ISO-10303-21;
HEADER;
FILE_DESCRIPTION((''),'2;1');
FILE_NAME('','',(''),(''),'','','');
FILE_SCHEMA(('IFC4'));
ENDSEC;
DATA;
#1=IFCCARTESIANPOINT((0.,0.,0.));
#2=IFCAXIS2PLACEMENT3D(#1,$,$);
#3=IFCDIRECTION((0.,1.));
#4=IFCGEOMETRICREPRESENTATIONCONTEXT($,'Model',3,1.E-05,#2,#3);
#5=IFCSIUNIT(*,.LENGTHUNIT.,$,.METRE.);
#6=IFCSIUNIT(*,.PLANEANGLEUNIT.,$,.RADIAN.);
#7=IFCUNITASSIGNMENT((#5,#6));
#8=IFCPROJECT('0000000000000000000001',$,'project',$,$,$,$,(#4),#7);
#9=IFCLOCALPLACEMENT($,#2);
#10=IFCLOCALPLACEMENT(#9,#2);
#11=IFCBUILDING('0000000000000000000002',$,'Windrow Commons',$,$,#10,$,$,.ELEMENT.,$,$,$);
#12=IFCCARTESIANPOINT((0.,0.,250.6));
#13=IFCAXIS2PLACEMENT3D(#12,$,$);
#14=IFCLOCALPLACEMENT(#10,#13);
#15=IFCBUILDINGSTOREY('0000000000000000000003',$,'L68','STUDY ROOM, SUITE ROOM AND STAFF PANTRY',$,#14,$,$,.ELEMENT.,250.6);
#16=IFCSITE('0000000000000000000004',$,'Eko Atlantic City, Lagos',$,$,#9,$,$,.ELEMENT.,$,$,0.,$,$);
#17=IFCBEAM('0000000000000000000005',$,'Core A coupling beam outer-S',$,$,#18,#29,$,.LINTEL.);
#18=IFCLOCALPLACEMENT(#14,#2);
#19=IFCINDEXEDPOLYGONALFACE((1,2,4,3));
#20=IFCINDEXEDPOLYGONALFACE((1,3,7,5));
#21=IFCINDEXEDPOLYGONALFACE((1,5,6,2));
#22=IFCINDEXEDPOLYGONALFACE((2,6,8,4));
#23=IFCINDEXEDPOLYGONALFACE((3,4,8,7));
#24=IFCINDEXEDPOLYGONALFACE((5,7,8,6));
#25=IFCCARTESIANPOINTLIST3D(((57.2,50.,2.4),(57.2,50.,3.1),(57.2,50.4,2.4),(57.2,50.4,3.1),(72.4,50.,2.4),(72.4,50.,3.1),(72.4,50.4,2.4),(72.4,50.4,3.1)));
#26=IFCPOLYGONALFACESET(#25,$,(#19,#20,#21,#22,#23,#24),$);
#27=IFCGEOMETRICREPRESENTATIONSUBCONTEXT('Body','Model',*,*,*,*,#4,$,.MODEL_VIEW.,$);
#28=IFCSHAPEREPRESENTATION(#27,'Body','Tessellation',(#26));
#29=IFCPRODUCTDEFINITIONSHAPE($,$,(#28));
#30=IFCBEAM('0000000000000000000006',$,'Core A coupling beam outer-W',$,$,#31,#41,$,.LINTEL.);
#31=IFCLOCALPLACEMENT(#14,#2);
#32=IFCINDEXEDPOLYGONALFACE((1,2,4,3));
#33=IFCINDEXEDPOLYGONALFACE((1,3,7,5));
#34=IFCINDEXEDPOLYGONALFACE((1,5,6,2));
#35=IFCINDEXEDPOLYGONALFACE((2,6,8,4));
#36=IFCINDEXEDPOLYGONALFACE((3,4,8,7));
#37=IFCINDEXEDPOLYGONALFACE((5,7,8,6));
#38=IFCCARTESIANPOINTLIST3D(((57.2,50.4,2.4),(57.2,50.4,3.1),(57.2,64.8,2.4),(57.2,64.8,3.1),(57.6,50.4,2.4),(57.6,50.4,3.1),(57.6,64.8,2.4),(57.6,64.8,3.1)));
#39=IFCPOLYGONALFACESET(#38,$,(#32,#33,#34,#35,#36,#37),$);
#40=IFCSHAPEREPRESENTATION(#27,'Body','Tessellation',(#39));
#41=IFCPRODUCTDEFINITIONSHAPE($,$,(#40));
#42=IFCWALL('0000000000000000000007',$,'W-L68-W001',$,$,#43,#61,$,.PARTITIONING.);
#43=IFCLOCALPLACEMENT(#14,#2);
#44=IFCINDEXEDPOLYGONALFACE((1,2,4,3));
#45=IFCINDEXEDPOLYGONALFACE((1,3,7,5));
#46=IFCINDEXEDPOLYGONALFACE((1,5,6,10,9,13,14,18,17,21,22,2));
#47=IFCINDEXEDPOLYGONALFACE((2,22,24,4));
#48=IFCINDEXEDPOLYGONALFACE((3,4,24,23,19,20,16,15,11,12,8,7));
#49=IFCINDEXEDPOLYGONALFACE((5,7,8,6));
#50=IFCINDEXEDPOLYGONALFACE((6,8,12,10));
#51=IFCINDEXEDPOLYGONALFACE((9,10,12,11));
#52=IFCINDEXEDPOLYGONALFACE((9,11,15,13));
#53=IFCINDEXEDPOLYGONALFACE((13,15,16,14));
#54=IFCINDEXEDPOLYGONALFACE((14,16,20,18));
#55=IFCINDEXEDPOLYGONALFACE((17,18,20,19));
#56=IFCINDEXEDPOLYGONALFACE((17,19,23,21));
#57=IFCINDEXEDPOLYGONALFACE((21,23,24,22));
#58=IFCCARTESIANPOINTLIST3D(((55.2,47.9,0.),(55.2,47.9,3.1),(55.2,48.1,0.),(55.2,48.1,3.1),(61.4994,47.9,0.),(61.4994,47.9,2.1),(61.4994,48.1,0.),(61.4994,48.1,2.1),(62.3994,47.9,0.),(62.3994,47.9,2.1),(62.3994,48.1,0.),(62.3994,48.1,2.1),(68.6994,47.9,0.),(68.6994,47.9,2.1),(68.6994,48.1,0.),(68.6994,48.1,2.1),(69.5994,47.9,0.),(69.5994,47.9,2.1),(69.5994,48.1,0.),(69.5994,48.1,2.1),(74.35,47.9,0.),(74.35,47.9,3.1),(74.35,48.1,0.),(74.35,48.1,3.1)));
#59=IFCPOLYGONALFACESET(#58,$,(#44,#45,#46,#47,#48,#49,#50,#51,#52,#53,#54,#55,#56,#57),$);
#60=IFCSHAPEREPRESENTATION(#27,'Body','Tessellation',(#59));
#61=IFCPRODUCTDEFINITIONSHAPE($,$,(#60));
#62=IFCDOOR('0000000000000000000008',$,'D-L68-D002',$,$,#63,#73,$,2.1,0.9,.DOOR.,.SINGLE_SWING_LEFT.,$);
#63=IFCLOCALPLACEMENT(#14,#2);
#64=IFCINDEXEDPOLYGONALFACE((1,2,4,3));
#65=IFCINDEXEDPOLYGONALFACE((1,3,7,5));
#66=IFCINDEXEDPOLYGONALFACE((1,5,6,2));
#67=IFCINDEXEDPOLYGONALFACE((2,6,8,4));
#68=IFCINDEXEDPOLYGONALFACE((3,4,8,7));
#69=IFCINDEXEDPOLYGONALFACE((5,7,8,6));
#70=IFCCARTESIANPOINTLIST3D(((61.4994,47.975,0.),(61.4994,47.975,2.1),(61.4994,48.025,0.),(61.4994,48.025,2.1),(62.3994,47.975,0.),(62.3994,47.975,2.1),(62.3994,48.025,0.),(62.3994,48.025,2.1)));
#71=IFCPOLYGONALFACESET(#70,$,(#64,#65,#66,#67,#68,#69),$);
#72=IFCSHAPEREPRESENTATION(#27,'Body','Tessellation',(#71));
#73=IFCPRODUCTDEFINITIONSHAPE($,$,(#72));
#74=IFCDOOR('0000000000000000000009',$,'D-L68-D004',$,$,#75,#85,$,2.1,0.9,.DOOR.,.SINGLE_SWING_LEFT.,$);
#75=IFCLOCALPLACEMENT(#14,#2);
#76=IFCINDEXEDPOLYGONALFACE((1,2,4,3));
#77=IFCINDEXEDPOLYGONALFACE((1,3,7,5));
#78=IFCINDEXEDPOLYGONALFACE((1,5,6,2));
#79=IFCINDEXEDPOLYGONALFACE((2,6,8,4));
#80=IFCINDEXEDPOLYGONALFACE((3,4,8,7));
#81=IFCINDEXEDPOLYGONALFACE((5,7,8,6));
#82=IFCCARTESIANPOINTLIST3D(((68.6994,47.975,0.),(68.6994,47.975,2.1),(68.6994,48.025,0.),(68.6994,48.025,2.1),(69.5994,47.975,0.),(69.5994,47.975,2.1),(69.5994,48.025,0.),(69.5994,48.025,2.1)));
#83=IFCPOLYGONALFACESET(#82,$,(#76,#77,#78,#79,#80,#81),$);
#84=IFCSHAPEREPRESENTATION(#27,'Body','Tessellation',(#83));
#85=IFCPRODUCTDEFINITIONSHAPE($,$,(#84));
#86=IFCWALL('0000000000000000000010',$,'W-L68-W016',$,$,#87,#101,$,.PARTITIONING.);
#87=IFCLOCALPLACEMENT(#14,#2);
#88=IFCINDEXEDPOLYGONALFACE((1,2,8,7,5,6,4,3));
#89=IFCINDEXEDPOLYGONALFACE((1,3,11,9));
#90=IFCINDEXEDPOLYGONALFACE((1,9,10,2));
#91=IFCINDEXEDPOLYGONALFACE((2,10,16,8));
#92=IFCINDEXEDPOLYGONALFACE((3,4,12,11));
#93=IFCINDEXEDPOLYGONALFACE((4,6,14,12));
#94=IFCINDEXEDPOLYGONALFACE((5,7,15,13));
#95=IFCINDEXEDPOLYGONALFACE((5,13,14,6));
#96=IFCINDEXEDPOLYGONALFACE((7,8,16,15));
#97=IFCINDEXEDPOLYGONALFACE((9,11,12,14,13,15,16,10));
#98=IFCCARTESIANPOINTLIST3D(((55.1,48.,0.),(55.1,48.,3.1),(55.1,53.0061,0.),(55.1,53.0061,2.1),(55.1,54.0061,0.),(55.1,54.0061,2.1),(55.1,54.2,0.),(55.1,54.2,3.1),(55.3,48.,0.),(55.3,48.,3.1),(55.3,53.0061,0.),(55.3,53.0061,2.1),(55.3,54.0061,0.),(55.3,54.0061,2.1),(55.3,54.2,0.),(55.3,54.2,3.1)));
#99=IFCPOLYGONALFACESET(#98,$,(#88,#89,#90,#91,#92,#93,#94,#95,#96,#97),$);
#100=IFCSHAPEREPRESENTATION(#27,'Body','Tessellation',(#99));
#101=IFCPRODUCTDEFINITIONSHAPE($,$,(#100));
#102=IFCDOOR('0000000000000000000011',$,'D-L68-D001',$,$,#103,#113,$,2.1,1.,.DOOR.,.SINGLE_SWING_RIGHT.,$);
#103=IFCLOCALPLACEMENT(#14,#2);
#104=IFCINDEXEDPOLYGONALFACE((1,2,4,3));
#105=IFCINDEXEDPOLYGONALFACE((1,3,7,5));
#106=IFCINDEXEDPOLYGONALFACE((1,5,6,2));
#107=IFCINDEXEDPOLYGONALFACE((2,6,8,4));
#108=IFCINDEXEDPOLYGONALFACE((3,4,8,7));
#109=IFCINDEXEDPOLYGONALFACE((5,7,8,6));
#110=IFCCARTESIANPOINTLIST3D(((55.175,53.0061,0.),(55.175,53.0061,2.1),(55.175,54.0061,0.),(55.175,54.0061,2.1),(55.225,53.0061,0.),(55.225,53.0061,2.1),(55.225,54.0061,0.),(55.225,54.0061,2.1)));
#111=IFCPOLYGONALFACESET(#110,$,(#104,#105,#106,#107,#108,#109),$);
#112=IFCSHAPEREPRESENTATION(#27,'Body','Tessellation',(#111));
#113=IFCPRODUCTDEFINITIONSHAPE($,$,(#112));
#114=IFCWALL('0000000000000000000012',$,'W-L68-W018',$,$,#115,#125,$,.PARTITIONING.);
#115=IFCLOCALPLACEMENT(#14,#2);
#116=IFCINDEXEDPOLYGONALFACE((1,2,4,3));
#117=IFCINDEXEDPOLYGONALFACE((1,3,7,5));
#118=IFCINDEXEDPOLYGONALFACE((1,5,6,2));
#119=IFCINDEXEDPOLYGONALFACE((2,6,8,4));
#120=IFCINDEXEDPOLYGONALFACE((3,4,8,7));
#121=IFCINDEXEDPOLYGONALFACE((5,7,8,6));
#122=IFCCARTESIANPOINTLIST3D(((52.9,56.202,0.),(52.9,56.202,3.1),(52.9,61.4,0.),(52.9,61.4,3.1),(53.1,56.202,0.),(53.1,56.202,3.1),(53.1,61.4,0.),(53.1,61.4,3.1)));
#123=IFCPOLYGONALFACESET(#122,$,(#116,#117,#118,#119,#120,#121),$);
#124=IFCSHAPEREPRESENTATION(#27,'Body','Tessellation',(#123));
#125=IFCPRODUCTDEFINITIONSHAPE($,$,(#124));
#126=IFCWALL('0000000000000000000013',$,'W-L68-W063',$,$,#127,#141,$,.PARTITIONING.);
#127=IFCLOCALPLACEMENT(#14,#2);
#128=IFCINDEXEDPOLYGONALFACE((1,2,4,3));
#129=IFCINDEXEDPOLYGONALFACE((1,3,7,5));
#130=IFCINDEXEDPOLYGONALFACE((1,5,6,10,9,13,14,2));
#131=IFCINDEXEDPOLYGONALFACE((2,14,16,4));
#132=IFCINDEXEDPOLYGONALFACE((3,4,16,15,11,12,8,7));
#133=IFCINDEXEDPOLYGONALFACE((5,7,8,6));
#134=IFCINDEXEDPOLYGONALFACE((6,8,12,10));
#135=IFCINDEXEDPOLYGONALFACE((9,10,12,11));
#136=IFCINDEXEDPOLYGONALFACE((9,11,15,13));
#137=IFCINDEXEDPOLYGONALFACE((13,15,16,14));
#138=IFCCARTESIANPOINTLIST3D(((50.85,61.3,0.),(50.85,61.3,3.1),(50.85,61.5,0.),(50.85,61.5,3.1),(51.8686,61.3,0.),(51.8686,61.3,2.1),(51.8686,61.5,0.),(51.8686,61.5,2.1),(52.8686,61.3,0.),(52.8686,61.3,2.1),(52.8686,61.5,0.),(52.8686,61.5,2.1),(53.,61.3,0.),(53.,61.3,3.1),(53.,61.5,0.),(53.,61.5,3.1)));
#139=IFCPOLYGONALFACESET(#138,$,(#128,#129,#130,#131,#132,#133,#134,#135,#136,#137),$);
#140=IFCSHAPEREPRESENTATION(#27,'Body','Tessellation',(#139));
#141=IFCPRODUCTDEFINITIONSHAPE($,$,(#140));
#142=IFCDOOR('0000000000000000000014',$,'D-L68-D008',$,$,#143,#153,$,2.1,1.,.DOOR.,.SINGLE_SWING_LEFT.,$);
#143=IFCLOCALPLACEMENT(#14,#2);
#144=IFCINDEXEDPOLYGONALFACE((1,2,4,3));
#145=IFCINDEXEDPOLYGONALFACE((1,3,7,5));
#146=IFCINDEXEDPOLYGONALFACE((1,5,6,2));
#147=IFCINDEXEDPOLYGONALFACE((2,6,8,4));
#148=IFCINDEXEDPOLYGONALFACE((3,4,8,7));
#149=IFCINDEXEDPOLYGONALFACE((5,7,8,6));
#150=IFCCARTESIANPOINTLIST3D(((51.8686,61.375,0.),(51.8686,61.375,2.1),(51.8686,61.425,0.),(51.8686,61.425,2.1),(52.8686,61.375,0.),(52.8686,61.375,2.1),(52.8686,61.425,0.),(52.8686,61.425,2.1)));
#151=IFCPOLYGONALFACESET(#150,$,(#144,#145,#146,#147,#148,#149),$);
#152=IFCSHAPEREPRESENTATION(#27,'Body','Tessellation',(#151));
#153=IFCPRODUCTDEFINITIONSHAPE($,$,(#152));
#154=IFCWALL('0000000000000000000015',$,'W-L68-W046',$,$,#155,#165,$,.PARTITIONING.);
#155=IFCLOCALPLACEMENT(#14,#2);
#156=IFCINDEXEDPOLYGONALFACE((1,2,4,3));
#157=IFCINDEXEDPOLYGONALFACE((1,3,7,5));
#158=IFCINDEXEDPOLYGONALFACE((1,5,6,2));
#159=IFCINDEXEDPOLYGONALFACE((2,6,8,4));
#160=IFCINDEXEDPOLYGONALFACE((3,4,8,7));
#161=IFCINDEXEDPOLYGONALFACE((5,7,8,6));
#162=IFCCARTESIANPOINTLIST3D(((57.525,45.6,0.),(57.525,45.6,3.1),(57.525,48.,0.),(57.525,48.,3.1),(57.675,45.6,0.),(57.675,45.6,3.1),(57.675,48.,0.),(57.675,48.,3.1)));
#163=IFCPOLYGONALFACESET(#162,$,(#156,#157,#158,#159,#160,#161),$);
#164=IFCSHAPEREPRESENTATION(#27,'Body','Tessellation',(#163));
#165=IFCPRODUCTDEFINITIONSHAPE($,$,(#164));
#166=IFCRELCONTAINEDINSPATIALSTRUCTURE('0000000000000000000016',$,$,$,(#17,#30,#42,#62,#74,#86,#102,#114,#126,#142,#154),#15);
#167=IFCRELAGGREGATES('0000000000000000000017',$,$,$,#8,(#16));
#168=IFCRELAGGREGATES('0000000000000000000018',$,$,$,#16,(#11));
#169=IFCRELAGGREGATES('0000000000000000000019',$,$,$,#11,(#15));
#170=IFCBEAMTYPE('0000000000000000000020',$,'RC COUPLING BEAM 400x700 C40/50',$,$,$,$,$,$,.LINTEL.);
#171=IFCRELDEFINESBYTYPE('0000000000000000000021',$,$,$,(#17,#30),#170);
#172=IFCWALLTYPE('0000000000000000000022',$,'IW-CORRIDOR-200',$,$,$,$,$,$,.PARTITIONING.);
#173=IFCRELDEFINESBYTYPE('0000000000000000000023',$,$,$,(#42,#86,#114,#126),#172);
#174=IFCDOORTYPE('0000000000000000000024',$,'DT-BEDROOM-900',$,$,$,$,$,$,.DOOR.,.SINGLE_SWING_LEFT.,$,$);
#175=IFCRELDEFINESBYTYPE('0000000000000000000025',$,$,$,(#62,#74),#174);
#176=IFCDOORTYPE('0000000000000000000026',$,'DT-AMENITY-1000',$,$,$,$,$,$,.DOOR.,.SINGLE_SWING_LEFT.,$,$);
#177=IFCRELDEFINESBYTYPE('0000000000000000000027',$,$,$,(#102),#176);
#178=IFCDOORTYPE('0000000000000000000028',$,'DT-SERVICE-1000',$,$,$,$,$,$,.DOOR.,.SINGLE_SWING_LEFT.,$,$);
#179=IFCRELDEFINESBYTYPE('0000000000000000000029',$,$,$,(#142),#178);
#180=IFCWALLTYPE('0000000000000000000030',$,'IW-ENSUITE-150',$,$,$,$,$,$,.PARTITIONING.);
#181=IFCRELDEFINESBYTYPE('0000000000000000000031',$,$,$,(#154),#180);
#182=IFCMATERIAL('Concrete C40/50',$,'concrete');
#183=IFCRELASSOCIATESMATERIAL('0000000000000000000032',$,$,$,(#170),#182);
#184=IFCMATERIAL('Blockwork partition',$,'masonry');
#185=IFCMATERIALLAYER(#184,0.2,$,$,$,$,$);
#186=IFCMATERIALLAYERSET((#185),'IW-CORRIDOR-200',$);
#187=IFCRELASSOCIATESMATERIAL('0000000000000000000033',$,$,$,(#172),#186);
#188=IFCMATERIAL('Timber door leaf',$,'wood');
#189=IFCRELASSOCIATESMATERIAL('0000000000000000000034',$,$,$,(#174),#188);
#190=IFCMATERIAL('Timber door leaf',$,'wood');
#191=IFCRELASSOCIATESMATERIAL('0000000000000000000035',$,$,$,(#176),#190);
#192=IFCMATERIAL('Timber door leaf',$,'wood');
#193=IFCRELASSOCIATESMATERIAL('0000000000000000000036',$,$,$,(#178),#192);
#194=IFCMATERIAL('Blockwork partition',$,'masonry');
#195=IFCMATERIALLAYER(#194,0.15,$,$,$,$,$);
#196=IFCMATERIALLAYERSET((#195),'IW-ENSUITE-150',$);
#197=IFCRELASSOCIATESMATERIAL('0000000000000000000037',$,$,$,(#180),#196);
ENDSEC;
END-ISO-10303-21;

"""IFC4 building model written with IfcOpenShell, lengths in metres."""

from ifc_helpers import new_model, si_unit, direction, frame, frame_2d, origin, origin_2d, place, context, subcontext, project, spatial, rectangle, extrude, material, layer, layer_set, material_profile, profile_set, type_object, element, fill, save


model = new_model("IFC4")

# Units and contexts
model_context = context("Model", 3, precision=1e-05, world=origin(), true_north=direction((0.0, 1.0)))
body_context = subcontext(model_context, "Body", "Model", "MODEL_VIEW")
ifc_project = project(units=[si_unit("LENGTHUNIT", "METRE"), si_unit("PLANEANGLEUNIT", "RADIAN")], contexts=[model_context])

# Site, building, storey
site_placement = place(None, origin())
site = spatial("IfcSite", under=ifc_project, at=site_placement, Name="Eko Atlantic City, Lagos", CompositionType="ELEMENT", RefElevation=0.0)
building_placement = place(site_placement, origin())
building = spatial("IfcBuilding", under=site, at=building_placement, Name="Windrow Commons", CompositionType="ELEMENT")
storey_placement = place(building_placement, frame((0.0, 0.0, 250.6)))
storey = spatial("IfcBuildingStorey", under=building, at=storey_placement, Name="L68", Description="STUDY ROOM, SUITE ROOM AND STAFF PANTRY", CompositionType="ELEMENT", Elevation=250.6)

# Beams
ifc_material_1 = material(Name="Concrete C40/50", Category="concrete")
ifc_material_profile = material_profile(ifc_material_1, rectangle(XDim=0.4, YDim=0.7, at=origin_2d()))
ifc_profile_set = profile_set([ifc_material_profile], Name="Concrete C40/50")
beam_type = type_object("IfcBeamType", Name="RC COUPLING BEAM 400x700 C40/50", PredefinedType="LINTEL", material=ifc_profile_set)
beam_1_placement = place(storey_placement, frame((57.2, 50.2, 2.75), z_axis=(1.0, 0.0, 0.0), x_axis=(0.0, 1.0, 0.0)))
element("IfcBeam", 1, at=beam_1_placement, inside=storey, type_object=beam_type, Name="Core A coupling beam outer-S", PredefinedType="LINTEL", context=body_context, shape_type="SweptSolid", body=[
    extrude(rectangle(XDim=0.4, YDim=0.7, at=origin_2d()), origin(), (0.0, 0.0, 1.0), 15.2),
])
beam_2_placement = place(storey_placement, frame((57.4, 50.4, 2.75), z_axis=(0.0, 1.0, 0.0), x_axis=(-1.0, 0.0, 0.0)))
element("IfcBeam", 2, at=beam_2_placement, inside=storey, type_object=beam_type, Name="Core A coupling beam outer-W", PredefinedType="LINTEL", context=body_context, shape_type="SweptSolid", body=[
    extrude(rectangle(XDim=0.4, YDim=0.7, at=origin_2d()), origin(), (0.0, 0.0, 1.0), 14.4),
])

# Wall, openings, doors
ifc_material_2 = material(Name="Blockwork partition", Category="masonry")
ifc_layer_1 = layer(ifc_material_2, 0.2)
ifc_layer_set_1 = layer_set([ifc_layer_1], Name="IW-CORRIDOR-200")
wall_type_1 = type_object("IfcWallType", Name="IW-CORRIDOR-200", PredefinedType="PARTITIONING", material=ifc_layer_set_1)
wall_1_placement = place(storey_placement, frame((55.2, 48.0, 0.0), z_axis=(0.0, 0.0, 1.0), x_axis=(1.0, 0.0, 0.0)))
wall_1 = element("IfcWall", 3, at=wall_1_placement, inside=storey, type_object=wall_type_1, Name="W-L68-W001", PredefinedType="PARTITIONING", context=body_context, shape_type="SweptSolid", body=[
    extrude(rectangle(XDim=19.15, YDim=0.2, at=frame_2d((9.575, 0.0))), origin(), (0.0, 0.0, 1.0), 3.1),
])
opening_1_placement = place(wall_1_placement, frame((6.2994, 0.0, 0.0)))
opening_1 = element("IfcOpeningElement", 4, at=opening_1_placement, cuts=wall_1, PredefinedType="OPENING", context=body_context, shape_type="SweptSolid", body=[
    extrude(rectangle(XDim=0.9, YDim=2.1, at=frame_2d((0.45, 1.05))), frame((0.0, 0.11, 0.0), z_axis=(0.0, -1.0, 0.0), x_axis=(1.0, 0.0, 0.0)), (0.0, 0.0, 1.0), 0.22),
])
opening_2_placement = place(wall_1_placement, frame((13.4994, 0.0, 0.0)))
opening_2 = element("IfcOpeningElement", 5, at=opening_2_placement, cuts=wall_1, PredefinedType="OPENING", context=body_context, shape_type="SweptSolid", body=[
    extrude(rectangle(XDim=0.9, YDim=2.1, at=frame_2d((0.45, 1.05))), frame((0.0, 0.11, 0.0), z_axis=(0.0, -1.0, 0.0), x_axis=(1.0, 0.0, 0.0)), (0.0, 0.0, 1.0), 0.22),
])
ifc_material_3 = material(Name="Timber door leaf", Category="wood")
door_type_1 = type_object("IfcDoorType", Name="DT-BEDROOM-900", OperationType="SINGLE_SWING_LEFT", PredefinedType="DOOR", material=ifc_material_3)
door_1_placement = place(opening_1_placement, origin())
door_1 = element("IfcDoor", 6, at=door_1_placement, inside=storey, type_object=door_type_1, Name="D-L68-D002", OperationType="SINGLE_SWING_LEFT", OverallHeight=2.1, OverallWidth=0.9, PredefinedType="DOOR", context=body_context, shape_type="SweptSolid", body=[
    extrude(rectangle(XDim=0.9, YDim=2.1, at=frame_2d((0.45, 1.05))), frame((0.0, 0.025, 0.0), z_axis=(0.0, -1.0, 0.0), x_axis=(1.0, 0.0, 0.0)), (0.0, 0.0, 1.0), 0.05),
])
fill(opening_1, door_1)
door_2_placement = place(opening_2_placement, origin())
door_2 = element("IfcDoor", 7, at=door_2_placement, inside=storey, type_object=door_type_1, Name="D-L68-D004", OperationType="SINGLE_SWING_LEFT", OverallHeight=2.1, OverallWidth=0.9, PredefinedType="DOOR", context=body_context, shape_type="SweptSolid", body=[
    extrude(rectangle(XDim=0.9, YDim=2.1, at=frame_2d((0.45, 1.05))), frame((0.0, 0.025, 0.0), z_axis=(0.0, -1.0, 0.0), x_axis=(1.0, 0.0, 0.0)), (0.0, 0.0, 1.0), 0.05),
])
fill(opening_2, door_2)

# Wall, opening, door
wall_2_placement = place(storey_placement, frame((55.2, 48.0, 0.0), z_axis=(0.0, 0.0, 1.0), x_axis=(0.0, 1.0, 0.0)))
wall_2 = element("IfcWall", 8, at=wall_2_placement, inside=storey, type_object=wall_type_1, Name="W-L68-W016", PredefinedType="PARTITIONING", context=body_context, shape_type="SweptSolid", body=[
    extrude(rectangle(XDim=6.2, YDim=0.2, at=frame_2d((3.1, 0.0))), origin(), (0.0, 0.0, 1.0), 3.1),
])
opening_3_placement = place(wall_2_placement, frame((5.0061, 0.0, 0.0)))
opening_3 = element("IfcOpeningElement", 9, at=opening_3_placement, cuts=wall_2, PredefinedType="OPENING", context=body_context, shape_type="SweptSolid", body=[
    extrude(rectangle(XDim=1.0, YDim=2.1, at=frame_2d((0.5, 1.05))), frame((0.0, 0.11, 0.0), z_axis=(0.0, -1.0, 0.0), x_axis=(1.0, 0.0, 0.0)), (0.0, 0.0, 1.0), 0.22),
])
ifc_material_4 = material(Name="Timber door leaf", Category="wood")
door_type_2 = type_object("IfcDoorType", Name="DT-AMENITY-1000", OperationType="SINGLE_SWING_LEFT", PredefinedType="DOOR", material=ifc_material_4)
door_3_placement = place(opening_3_placement, origin())
door_3 = element("IfcDoor", 10, at=door_3_placement, inside=storey, type_object=door_type_2, Name="D-L68-D001", OperationType="SINGLE_SWING_RIGHT", OverallHeight=2.1, OverallWidth=1.0, PredefinedType="DOOR", context=body_context, shape_type="SweptSolid", body=[
    extrude(rectangle(XDim=1.0, YDim=2.1, at=frame_2d((0.5, 1.05))), frame((0.0, 0.025, 0.0), z_axis=(0.0, -1.0, 0.0), x_axis=(1.0, 0.0, 0.0)), (0.0, 0.0, 1.0), 0.05),
])
fill(opening_3, door_3)

# Wall
wall_3_placement = place(storey_placement, frame((53.0, 56.202, 0.0), z_axis=(0.0, 0.0, 1.0), x_axis=(0.0, 1.0, 0.0)))
element("IfcWall", 11, at=wall_3_placement, inside=storey, type_object=wall_type_1, Name="W-L68-W018", PredefinedType="PARTITIONING", context=body_context, shape_type="SweptSolid", body=[
    extrude(rectangle(XDim=5.198, YDim=0.2, at=frame_2d((2.599, 0.0))), origin(), (0.0, 0.0, 1.0), 3.1),
])

# Wall, opening, door
wall_4_placement = place(storey_placement, frame((50.85, 61.4, 0.0), z_axis=(0.0, 0.0, 1.0), x_axis=(1.0, 0.0, 0.0)))
wall_4 = element("IfcWall", 12, at=wall_4_placement, inside=storey, type_object=wall_type_1, Name="W-L68-W063", PredefinedType="PARTITIONING", context=body_context, shape_type="SweptSolid", body=[
    extrude(rectangle(XDim=2.15, YDim=0.2, at=frame_2d((1.075, 0.0))), origin(), (0.0, 0.0, 1.0), 3.1),
])
opening_4_placement = place(wall_4_placement, frame((1.0186, 0.0, 0.0)))
opening_4 = element("IfcOpeningElement", 13, at=opening_4_placement, cuts=wall_4, PredefinedType="OPENING", context=body_context, shape_type="SweptSolid", body=[
    extrude(rectangle(XDim=1.0, YDim=2.1, at=frame_2d((0.5, 1.05))), frame((0.0, 0.11, 0.0), z_axis=(0.0, -1.0, 0.0), x_axis=(1.0, 0.0, 0.0)), (0.0, 0.0, 1.0), 0.22),
])
ifc_material_5 = material(Name="Timber door leaf", Category="wood")
door_type_3 = type_object("IfcDoorType", Name="DT-SERVICE-1000", OperationType="SINGLE_SWING_LEFT", PredefinedType="DOOR", material=ifc_material_5)
door_4_placement = place(opening_4_placement, origin())
door_4 = element("IfcDoor", 14, at=door_4_placement, inside=storey, type_object=door_type_3, Name="D-L68-D008", OperationType="SINGLE_SWING_LEFT", OverallHeight=2.1, OverallWidth=1.0, PredefinedType="DOOR", context=body_context, shape_type="SweptSolid", body=[
    extrude(rectangle(XDim=1.0, YDim=2.1, at=frame_2d((0.5, 1.05))), frame((0.0, 0.025, 0.0), z_axis=(0.0, -1.0, 0.0), x_axis=(1.0, 0.0, 0.0)), (0.0, 0.0, 1.0), 0.05),
])
fill(opening_4, door_4)

# Wall
ifc_material_6 = material(Name="Blockwork partition", Category="masonry")
ifc_layer_2 = layer(ifc_material_6, 0.15)
ifc_layer_set_2 = layer_set([ifc_layer_2], Name="IW-ENSUITE-150")
wall_type_2 = type_object("IfcWallType", Name="IW-ENSUITE-150", PredefinedType="PARTITIONING", material=ifc_layer_set_2)
wall_5_placement = place(storey_placement, frame((57.6, 45.6, 0.0), z_axis=(0.0, 0.0, 1.0), x_axis=(0.0, 1.0, 0.0)))
element("IfcWall", 15, at=wall_5_placement, inside=storey, type_object=wall_type_2, Name="W-L68-W046", PredefinedType="PARTITIONING", context=body_context, shape_type="SweptSolid", body=[
    extrude(rectangle(XDim=2.4, YDim=0.15, at=frame_2d((1.2, 0.0))), origin(), (0.0, 0.0, 1.0), 3.1),
])

save(model, "model.ifc")
